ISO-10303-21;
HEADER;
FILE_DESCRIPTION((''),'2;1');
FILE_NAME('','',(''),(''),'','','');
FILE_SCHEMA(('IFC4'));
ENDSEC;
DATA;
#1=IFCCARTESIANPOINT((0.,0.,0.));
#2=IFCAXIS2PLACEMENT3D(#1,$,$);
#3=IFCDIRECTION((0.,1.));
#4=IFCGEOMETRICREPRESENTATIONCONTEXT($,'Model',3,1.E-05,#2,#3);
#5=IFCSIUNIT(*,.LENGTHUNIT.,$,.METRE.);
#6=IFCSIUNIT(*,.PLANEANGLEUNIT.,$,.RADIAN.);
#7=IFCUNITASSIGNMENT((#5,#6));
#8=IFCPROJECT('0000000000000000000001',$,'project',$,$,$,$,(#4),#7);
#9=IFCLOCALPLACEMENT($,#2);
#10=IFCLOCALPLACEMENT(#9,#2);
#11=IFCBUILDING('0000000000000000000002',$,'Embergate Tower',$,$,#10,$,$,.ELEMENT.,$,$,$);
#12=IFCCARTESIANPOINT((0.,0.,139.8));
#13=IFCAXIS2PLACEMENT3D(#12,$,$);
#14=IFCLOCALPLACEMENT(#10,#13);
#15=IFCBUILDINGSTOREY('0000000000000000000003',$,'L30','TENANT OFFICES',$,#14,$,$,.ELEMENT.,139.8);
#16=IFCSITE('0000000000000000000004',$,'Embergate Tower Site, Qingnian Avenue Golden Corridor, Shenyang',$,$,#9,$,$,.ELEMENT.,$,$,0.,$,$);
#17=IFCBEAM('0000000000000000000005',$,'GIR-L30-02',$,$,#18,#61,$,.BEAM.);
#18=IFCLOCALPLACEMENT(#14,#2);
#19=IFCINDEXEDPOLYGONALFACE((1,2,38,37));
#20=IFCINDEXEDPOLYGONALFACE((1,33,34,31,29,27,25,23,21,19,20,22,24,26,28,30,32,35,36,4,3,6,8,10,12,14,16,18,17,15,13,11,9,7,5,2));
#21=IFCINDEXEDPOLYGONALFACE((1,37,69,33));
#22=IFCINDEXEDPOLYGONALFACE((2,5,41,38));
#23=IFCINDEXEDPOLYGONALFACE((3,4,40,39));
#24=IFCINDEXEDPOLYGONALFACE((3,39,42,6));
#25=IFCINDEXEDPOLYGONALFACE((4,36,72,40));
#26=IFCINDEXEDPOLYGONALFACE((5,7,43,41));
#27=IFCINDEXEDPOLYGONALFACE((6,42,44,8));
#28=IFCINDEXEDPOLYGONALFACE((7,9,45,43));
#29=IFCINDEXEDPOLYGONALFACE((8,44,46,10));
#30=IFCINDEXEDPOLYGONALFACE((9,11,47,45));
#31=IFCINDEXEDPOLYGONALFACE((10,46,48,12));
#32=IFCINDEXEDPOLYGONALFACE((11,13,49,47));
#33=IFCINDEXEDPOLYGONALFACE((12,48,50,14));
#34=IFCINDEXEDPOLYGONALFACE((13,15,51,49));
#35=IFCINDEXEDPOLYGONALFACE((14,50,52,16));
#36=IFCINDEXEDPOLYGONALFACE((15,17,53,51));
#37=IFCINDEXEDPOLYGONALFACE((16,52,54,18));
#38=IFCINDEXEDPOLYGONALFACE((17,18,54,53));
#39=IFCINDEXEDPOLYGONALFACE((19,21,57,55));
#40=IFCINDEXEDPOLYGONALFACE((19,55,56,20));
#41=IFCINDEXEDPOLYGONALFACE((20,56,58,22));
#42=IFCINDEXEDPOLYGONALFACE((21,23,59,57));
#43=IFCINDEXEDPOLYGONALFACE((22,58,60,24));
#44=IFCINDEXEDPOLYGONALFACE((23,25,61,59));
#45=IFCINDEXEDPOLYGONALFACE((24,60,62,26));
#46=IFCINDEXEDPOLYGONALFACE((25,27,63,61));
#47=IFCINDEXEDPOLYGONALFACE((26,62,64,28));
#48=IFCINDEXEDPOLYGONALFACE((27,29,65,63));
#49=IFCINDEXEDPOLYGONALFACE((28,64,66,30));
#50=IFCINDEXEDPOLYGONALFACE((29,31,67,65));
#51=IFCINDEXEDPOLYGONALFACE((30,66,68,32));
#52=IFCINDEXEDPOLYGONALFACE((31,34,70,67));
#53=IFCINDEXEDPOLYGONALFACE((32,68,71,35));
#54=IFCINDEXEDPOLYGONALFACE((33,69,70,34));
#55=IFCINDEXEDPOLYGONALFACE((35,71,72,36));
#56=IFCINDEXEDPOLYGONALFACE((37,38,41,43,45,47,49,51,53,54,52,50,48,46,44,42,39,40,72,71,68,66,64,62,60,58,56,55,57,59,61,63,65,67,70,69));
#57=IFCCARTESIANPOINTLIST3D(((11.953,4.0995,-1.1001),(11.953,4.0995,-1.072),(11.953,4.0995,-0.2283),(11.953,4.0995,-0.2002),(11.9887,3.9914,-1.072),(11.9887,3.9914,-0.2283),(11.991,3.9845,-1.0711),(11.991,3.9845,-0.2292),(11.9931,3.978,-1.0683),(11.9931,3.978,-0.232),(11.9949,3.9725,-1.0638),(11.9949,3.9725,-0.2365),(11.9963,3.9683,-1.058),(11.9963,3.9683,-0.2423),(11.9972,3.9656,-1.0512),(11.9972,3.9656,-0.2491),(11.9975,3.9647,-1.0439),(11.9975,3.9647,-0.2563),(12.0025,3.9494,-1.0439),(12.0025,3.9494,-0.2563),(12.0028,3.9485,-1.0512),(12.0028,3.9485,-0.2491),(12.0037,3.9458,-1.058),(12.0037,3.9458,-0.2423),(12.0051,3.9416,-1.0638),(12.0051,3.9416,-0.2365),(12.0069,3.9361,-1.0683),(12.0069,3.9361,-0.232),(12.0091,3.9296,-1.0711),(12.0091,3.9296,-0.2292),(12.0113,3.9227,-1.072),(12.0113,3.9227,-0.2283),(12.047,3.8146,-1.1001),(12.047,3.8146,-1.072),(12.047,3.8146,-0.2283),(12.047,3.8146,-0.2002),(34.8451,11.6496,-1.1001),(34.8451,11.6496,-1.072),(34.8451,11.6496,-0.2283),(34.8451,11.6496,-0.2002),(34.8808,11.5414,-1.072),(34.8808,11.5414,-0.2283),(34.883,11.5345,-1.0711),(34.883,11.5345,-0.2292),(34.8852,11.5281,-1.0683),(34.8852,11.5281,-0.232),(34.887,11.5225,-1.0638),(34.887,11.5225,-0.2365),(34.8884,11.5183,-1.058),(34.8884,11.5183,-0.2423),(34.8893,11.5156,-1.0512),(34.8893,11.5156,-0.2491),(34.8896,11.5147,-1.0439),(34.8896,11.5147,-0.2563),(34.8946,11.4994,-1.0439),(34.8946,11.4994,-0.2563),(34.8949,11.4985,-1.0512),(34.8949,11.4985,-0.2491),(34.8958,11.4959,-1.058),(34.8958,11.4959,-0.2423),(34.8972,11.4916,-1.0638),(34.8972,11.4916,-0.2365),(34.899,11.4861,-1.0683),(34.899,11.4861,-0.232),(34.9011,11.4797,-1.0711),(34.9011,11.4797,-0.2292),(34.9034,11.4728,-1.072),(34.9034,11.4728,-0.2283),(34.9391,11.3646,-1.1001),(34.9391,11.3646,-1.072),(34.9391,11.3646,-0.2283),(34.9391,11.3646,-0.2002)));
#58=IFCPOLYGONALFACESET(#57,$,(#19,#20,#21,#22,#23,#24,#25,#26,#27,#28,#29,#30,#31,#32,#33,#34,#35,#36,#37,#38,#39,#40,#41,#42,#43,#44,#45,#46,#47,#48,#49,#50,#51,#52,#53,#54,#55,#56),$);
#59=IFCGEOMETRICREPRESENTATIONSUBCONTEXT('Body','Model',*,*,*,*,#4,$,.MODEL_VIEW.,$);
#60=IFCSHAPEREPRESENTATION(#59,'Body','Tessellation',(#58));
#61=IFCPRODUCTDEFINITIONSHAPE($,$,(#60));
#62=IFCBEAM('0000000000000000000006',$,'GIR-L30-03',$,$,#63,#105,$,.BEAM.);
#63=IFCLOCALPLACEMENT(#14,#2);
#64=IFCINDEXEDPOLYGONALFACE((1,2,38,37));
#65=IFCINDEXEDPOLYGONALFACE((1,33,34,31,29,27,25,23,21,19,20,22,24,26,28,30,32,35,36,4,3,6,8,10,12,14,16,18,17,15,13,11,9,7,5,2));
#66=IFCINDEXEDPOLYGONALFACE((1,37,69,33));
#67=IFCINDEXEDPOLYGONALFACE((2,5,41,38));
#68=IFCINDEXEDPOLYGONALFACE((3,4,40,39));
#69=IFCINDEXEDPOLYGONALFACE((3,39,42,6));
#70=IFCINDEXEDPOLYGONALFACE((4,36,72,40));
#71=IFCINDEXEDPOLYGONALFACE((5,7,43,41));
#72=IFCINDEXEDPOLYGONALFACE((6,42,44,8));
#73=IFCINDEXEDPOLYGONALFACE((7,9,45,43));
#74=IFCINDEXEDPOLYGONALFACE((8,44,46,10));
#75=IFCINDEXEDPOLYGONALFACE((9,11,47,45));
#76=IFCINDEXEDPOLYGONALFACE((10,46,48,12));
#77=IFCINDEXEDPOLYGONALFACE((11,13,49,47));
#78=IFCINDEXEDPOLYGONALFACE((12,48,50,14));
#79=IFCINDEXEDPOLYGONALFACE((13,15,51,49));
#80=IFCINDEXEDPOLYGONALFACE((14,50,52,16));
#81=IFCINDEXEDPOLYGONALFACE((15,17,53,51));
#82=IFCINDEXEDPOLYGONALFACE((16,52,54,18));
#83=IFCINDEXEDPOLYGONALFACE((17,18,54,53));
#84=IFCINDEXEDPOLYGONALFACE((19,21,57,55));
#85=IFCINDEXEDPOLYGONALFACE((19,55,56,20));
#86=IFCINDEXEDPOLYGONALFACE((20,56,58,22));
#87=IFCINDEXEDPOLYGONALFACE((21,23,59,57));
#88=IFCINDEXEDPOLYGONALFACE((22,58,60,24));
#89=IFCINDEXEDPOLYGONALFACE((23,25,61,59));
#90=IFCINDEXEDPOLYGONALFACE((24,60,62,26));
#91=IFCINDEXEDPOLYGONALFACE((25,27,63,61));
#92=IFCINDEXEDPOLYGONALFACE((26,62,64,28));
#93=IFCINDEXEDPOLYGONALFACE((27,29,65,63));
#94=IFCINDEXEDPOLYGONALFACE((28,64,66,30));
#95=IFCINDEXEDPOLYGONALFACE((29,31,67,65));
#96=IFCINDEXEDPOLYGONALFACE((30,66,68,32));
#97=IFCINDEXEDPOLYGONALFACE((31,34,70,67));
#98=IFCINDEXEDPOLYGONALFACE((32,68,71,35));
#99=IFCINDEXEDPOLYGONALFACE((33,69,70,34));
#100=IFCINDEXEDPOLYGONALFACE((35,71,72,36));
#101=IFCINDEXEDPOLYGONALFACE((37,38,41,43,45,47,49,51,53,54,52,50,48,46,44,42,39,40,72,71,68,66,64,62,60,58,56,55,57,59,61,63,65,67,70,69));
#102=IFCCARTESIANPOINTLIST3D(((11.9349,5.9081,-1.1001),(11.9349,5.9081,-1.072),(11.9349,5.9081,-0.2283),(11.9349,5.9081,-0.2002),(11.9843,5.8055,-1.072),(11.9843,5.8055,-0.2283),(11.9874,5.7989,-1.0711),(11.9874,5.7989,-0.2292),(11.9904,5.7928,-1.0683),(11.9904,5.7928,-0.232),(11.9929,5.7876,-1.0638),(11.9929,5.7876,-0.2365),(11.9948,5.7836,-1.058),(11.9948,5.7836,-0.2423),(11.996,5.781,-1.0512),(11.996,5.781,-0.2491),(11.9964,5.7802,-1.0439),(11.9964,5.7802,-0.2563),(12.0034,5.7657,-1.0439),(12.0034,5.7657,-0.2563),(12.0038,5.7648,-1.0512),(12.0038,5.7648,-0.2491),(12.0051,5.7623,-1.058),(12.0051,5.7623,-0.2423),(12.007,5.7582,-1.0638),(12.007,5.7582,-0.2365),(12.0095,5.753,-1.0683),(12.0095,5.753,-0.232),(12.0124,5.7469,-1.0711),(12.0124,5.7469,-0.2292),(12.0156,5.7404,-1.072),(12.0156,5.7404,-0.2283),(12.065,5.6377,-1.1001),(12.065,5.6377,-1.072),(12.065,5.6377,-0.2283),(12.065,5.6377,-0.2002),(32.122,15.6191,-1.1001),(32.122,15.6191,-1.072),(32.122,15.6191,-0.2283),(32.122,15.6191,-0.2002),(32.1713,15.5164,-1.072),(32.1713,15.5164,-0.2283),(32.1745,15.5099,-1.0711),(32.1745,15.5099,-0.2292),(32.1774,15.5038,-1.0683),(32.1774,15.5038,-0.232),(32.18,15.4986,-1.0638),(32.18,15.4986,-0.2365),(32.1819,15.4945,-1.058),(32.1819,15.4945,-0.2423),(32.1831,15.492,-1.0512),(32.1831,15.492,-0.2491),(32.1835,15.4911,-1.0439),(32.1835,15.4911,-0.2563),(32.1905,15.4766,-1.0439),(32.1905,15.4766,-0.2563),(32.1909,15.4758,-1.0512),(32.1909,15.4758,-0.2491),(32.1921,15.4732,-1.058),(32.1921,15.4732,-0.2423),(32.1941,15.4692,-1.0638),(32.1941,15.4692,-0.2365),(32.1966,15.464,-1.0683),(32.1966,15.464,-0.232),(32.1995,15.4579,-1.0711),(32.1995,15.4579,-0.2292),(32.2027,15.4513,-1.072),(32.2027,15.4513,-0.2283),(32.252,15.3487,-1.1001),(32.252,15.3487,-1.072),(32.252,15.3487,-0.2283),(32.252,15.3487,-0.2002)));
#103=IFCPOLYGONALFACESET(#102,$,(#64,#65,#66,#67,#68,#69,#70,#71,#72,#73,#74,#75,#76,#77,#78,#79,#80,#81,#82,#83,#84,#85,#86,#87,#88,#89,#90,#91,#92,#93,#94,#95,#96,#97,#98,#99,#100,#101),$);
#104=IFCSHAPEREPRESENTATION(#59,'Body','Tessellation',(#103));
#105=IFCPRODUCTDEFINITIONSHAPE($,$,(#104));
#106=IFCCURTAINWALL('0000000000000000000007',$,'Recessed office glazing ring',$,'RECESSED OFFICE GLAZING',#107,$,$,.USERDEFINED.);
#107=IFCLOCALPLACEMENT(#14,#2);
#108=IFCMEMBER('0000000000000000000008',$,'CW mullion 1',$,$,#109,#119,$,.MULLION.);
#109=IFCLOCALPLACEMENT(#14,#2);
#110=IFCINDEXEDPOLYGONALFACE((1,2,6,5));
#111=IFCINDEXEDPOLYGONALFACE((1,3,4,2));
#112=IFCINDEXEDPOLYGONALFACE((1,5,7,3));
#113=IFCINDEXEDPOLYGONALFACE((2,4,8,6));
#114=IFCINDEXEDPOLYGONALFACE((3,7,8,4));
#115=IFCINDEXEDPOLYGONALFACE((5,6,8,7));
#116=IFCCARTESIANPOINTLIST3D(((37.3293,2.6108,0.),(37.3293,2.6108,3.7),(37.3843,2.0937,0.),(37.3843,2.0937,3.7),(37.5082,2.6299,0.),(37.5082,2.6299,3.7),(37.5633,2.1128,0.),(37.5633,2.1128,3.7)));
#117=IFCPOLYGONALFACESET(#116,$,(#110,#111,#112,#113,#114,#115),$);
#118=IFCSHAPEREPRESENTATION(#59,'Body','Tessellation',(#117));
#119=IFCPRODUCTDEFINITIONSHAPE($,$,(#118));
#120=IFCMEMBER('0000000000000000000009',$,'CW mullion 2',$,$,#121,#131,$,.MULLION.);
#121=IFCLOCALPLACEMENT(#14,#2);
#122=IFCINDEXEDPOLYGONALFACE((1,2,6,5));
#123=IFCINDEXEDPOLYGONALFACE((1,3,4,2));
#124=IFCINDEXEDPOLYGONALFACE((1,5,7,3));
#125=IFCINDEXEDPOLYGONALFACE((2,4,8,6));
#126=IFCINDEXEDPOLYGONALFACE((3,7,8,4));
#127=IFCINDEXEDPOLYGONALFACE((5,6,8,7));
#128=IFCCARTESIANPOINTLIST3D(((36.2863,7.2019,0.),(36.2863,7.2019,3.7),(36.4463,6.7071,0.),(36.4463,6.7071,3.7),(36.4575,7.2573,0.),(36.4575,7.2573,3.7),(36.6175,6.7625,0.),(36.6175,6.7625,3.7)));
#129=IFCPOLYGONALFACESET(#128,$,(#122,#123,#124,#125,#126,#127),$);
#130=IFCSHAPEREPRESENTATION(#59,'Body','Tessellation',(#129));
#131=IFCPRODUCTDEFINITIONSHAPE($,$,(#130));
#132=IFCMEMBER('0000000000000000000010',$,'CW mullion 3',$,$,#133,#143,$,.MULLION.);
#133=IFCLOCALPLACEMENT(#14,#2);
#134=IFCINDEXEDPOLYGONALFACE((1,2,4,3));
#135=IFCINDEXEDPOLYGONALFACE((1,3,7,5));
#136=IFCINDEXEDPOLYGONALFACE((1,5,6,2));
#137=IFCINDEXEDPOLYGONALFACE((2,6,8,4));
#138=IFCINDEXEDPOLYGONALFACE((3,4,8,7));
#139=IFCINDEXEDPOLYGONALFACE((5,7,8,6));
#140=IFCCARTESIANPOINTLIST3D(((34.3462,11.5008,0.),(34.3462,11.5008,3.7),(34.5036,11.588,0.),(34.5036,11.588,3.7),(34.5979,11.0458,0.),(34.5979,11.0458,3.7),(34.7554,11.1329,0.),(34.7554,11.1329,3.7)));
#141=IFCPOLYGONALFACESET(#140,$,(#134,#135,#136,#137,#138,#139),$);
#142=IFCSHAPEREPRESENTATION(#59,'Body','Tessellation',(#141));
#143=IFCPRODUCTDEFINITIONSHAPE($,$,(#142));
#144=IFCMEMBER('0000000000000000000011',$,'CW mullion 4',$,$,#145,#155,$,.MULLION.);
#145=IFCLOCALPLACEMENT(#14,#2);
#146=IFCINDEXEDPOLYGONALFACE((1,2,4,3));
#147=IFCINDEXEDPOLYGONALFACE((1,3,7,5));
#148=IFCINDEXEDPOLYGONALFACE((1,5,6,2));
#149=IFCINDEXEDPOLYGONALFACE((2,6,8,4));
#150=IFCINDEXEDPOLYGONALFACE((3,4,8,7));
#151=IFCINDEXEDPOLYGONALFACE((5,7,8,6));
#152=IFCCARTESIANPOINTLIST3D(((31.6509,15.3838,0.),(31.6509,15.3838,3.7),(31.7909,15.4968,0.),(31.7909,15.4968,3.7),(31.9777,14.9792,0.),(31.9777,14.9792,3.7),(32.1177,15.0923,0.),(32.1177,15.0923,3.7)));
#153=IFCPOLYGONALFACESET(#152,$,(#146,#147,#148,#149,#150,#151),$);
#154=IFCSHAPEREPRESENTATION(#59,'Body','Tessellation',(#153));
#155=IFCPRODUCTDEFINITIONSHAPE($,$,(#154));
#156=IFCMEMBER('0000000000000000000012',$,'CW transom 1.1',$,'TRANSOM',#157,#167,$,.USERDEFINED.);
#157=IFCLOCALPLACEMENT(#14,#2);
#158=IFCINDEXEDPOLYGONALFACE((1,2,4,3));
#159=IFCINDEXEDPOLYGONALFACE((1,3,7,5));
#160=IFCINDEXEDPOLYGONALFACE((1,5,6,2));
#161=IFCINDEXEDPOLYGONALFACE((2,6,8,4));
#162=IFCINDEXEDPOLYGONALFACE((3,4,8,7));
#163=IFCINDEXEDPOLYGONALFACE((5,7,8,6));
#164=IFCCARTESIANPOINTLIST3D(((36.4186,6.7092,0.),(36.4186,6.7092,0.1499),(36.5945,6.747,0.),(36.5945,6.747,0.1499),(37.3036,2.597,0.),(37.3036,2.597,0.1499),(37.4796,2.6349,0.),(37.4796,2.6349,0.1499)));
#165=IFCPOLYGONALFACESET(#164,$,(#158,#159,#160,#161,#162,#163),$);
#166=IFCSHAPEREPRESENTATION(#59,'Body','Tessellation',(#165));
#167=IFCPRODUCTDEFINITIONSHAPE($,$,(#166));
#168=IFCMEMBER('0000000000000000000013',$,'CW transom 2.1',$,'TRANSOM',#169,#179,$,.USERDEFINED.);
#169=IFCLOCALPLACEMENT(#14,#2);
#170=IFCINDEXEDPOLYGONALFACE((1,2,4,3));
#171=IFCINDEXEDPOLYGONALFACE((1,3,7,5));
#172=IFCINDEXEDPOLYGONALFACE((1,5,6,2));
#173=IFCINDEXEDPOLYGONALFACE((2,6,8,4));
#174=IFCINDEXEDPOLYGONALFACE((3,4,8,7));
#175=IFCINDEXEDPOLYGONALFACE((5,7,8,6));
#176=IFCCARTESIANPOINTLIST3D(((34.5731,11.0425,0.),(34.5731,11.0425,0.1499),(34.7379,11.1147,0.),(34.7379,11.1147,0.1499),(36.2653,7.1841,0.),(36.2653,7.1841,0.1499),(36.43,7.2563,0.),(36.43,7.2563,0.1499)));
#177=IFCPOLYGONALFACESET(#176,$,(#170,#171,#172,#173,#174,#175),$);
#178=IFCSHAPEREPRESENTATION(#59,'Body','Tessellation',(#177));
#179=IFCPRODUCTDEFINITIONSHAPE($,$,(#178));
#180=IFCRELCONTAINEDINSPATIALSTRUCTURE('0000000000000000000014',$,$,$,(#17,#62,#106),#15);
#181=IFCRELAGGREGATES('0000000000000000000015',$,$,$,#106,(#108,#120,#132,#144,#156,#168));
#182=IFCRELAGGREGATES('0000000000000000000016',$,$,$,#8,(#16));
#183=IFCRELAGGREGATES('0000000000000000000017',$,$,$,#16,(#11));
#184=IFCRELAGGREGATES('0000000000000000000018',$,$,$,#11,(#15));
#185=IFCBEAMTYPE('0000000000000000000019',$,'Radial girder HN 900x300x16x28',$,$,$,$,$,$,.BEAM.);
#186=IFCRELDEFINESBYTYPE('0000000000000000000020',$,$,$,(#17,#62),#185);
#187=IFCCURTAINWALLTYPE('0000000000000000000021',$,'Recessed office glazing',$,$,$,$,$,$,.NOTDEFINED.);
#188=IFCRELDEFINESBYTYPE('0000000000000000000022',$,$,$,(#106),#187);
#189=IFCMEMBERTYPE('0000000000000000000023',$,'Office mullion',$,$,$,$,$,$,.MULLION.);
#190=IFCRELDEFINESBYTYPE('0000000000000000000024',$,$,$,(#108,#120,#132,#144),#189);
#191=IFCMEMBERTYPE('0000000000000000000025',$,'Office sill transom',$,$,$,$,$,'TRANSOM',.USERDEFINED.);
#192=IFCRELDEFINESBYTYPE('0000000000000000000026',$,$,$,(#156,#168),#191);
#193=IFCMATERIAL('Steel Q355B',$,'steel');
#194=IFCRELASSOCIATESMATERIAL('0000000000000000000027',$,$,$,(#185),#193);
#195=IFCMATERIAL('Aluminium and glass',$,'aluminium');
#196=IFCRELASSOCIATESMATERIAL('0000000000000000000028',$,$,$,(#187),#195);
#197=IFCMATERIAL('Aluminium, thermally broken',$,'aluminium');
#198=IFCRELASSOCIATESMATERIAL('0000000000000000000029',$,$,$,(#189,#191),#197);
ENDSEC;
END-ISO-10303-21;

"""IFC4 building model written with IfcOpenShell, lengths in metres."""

from ifc_helpers import new_model, si_unit, direction, frame, origin, origin_2d, place, context, subcontext, project, spatial, rectangle, i_section, extrude, source, transform, mapped, material, material_profile, profile_set, type_object, element, aggregate, save


model = new_model("IFC4")

# Units and contexts
model_context = context("Model", 3, precision=1e-05, world=origin(), true_north=direction((0.0, 1.0)))
body_context = subcontext(model_context, "Body", "Model", "MODEL_VIEW")
ifc_project = project(units=[si_unit("LENGTHUNIT", "METRE"), si_unit("PLANEANGLEUNIT", "RADIAN")], contexts=[model_context])

# Site, building, storey
site_placement = place(None, origin())
site = spatial("IfcSite", under=ifc_project, at=site_placement, Name="Embergate Tower Site, Qingnian Avenue Golden Corridor, Shenyang", CompositionType="ELEMENT", RefElevation=0.0)
building_placement = place(site_placement, origin())
building = spatial("IfcBuilding", under=site, at=building_placement, Name="Embergate Tower", CompositionType="ELEMENT")
storey_placement = place(building_placement, frame((0.0, 0.0, 139.8)))
storey = spatial("IfcBuildingStorey", under=building, at=storey_placement, Name="L30", Description="TENANT OFFICES", CompositionType="ELEMENT", Elevation=139.8)

# Beams
ifc_material_1 = material(Name="Steel Q355B", Category="steel")
ifc_material_profile_1 = material_profile(ifc_material_1, i_section(OverallWidth=0.3, OverallDepth=0.8999, WebThickness=0.0161, FlangeThickness=0.0281, FilletRadius=0.0281, at=origin_2d()), Name="HN 900x300x16x28")
ifc_profile_set_1 = profile_set([ifc_material_profile_1], Name="Steel Q355 grade B")
beam_type_1 = type_object("IfcBeamType", Name="Radial girder HN 900x300x16x28", PredefinedType="BEAM", material=ifc_profile_set_1)
shared_shape_1 = source(origin(), body_context, "Body", "SweptSolid", [
    extrude(i_section(OverallWidth=0.3, OverallDepth=0.8999, WebThickness=0.0161, FlangeThickness=0.0281, FilletRadius=0.0281, at=origin_2d()), origin(), (0.0, 0.0, 1.0), 24.105),
])
beam_1_placement = place(storey_placement, frame((34.8921, 11.5071, -0.6501), z_axis=(-0.949682, -0.313215, 0.0), x_axis=(0.313215, -0.949682, 0.0)))
element("IfcBeam", 1, at=beam_1_placement, inside=storey, type_object=beam_type_1, Name="GIR-L30-02", PredefinedType="BEAM", context=body_context, shape_type="MappedRepresentation", body=[
    mapped(shared_shape_1, transform((0.0, 0.0, 0.0))),
])
shared_shape_2 = source(origin(), body_context, "Body", "SweptSolid", [
    extrude(i_section(OverallWidth=0.3, OverallDepth=0.8999, WebThickness=0.0161, FlangeThickness=0.0281, FilletRadius=0.0281, at=origin_2d()), origin(), (0.0, 0.0, 1.0), 22.4014),
])
beam_2_placement = place(storey_placement, frame((32.187, 15.4839, -0.6501), z_axis=(-0.901154, -0.433499, 0.0), x_axis=(0.433499, -0.901154, 0.0)))
element("IfcBeam", 2, at=beam_2_placement, inside=storey, type_object=beam_type_1, Name="GIR-L30-03", PredefinedType="BEAM", context=body_context, shape_type="MappedRepresentation", body=[
    mapped(shared_shape_2, transform((0.0, 0.0, 0.0))),
])

# Curtain wall, members
ifc_material_2 = material(Name="Aluminium and glass", Category="aluminium")
curtain_wall_type = type_object("IfcCurtainWallType", Name="Recessed office glazing", PredefinedType="NOTDEFINED", material=ifc_material_2)
curtain_wall_placement = place(storey_placement, origin())
curtain_wall = element("IfcCurtainWall", 3, at=curtain_wall_placement, inside=storey, type_object=curtain_wall_type, Name="Recessed office glazing ring", ObjectType="RECESSED OFFICE GLAZING", PredefinedType="USERDEFINED")
ifc_material_3 = material(Name="Aluminium, thermally broken", Category="aluminium")
ifc_material_profile_2 = material_profile(ifc_material_3, rectangle(XDim=0.1799, YDim=0.52, at=origin_2d()), Name="AL 520x180")
ifc_profile_set_2 = profile_set([ifc_material_profile_2], Name="Aluminium, thermally broken")
member_type_1 = type_object("IfcMemberType", Name="Office mullion", PredefinedType="MULLION", material=ifc_profile_set_2)
shared_shape_3 = source(origin(), body_context, "Body", "SweptSolid", [
    extrude(rectangle(XDim=0.1799, YDim=0.52, at=origin_2d()), origin(), (0.0, 0.0, 1.0), 3.7),
])
member_1_placement = place(storey_placement, frame((37.4463, 2.3618, 0.0), z_axis=(0.0, 0.0, 1.0), x_axis=(-0.994385, -0.105823, 0.0)))
member_1 = element("IfcMember", 4, at=member_1_placement, type_object=member_type_1, Name="CW mullion 1", PredefinedType="MULLION", context=body_context, shape_type="MappedRepresentation", body=[
    mapped(shared_shape_3, transform((0.0, 0.0, 0.0))),
])
member_2_placement = place(storey_placement, frame((36.4519, 6.9822, 0.0), z_axis=(0.0, 0.0, 1.0), x_axis=(-0.951498, -0.307656, 0.0)))
member_2 = element("IfcMember", 5, at=member_2_placement, type_object=member_type_1, Name="CW mullion 2", PredefinedType="MULLION", context=body_context, shape_type="MappedRepresentation", body=[
    mapped(shared_shape_3, transform((0.0, 0.0, 0.0))),
])
member_3_placement = place(storey_placement, frame((34.5508, 11.3169, 0.0), z_axis=(0.0, 0.0, 1.0), x_axis=(-0.875002, -0.484119, 0.0)))
member_3 = element("IfcMember", 6, at=member_3_placement, type_object=member_type_1, Name="CW mullion 3", PredefinedType="MULLION", context=body_context, shape_type="MappedRepresentation", body=[
    mapped(shared_shape_3, transform((0.0, 0.0, 0.0))),
])
member_4_placement = place(storey_placement, frame((31.8843, 15.238, 0.0), z_axis=(0.0, 0.0, 1.0), x_axis=(-0.777871, -0.628423, 0.0)))
member_4 = element("IfcMember", 7, at=member_4_placement, type_object=member_type_1, Name="CW mullion 4", PredefinedType="MULLION", context=body_context, shape_type="MappedRepresentation", body=[
    mapped(shared_shape_3, transform((0.0, 0.0, 0.0))),
])
ifc_material_profile_3 = material_profile(ifc_material_3, rectangle(XDim=0.1799, YDim=0.1499, at=origin_2d()), Name="AL 150x180")
ifc_profile_set_3 = profile_set([ifc_material_profile_3], Name="Aluminium, thermally broken")
member_type_2 = type_object("IfcMemberType", Name="Office sill transom", ElementType="TRANSOM", PredefinedType="USERDEFINED", material=ifc_profile_set_3)
shared_shape_4 = source(origin(), body_context, "Body", "SweptSolid", [
    extrude(rectangle(XDim=0.1799, YDim=0.1499, at=origin_2d()), origin(), (0.0, 0.0, 1.0), 4.2063),
])
member_5_placement = place(storey_placement, frame((37.3916, 2.616, 0.075), z_axis=(-0.210405, 0.977614, 0.0), x_axis=(-0.977614, -0.210405, 0.0)))
member_5 = element("IfcMember", 8, at=member_5_placement, type_object=member_type_2, Name="CW transom 1.1", ObjectType="TRANSOM", PredefinedType="USERDEFINED", context=body_context, shape_type="MappedRepresentation", body=[
    mapped(shared_shape_4, transform((0.0, 0.0, 0.0))),
])
shared_shape_5 = source(origin(), body_context, "Body", "SweptSolid", [
    extrude(rectangle(XDim=0.1799, YDim=0.1499, at=origin_2d()), origin(), (0.0, 0.0, 1.0), 4.2131),
])
member_6_placement = place(storey_placement, frame((36.3477, 7.2202, 0.075), z_axis=(-0.401633, 0.915801, 0.0), x_axis=(-0.915801, -0.401633, 0.0)))
member_6 = element("IfcMember", 9, at=member_6_placement, type_object=member_type_2, Name="CW transom 2.1", ObjectType="TRANSOM", PredefinedType="USERDEFINED", context=body_context, shape_type="MappedRepresentation", body=[
    mapped(shared_shape_5, transform((0.0, 0.0, 0.0))),
])
aggregate(curtain_wall, [member_1, member_2, member_3, member_4, member_5, member_6])

save(model, "model.ifc")
